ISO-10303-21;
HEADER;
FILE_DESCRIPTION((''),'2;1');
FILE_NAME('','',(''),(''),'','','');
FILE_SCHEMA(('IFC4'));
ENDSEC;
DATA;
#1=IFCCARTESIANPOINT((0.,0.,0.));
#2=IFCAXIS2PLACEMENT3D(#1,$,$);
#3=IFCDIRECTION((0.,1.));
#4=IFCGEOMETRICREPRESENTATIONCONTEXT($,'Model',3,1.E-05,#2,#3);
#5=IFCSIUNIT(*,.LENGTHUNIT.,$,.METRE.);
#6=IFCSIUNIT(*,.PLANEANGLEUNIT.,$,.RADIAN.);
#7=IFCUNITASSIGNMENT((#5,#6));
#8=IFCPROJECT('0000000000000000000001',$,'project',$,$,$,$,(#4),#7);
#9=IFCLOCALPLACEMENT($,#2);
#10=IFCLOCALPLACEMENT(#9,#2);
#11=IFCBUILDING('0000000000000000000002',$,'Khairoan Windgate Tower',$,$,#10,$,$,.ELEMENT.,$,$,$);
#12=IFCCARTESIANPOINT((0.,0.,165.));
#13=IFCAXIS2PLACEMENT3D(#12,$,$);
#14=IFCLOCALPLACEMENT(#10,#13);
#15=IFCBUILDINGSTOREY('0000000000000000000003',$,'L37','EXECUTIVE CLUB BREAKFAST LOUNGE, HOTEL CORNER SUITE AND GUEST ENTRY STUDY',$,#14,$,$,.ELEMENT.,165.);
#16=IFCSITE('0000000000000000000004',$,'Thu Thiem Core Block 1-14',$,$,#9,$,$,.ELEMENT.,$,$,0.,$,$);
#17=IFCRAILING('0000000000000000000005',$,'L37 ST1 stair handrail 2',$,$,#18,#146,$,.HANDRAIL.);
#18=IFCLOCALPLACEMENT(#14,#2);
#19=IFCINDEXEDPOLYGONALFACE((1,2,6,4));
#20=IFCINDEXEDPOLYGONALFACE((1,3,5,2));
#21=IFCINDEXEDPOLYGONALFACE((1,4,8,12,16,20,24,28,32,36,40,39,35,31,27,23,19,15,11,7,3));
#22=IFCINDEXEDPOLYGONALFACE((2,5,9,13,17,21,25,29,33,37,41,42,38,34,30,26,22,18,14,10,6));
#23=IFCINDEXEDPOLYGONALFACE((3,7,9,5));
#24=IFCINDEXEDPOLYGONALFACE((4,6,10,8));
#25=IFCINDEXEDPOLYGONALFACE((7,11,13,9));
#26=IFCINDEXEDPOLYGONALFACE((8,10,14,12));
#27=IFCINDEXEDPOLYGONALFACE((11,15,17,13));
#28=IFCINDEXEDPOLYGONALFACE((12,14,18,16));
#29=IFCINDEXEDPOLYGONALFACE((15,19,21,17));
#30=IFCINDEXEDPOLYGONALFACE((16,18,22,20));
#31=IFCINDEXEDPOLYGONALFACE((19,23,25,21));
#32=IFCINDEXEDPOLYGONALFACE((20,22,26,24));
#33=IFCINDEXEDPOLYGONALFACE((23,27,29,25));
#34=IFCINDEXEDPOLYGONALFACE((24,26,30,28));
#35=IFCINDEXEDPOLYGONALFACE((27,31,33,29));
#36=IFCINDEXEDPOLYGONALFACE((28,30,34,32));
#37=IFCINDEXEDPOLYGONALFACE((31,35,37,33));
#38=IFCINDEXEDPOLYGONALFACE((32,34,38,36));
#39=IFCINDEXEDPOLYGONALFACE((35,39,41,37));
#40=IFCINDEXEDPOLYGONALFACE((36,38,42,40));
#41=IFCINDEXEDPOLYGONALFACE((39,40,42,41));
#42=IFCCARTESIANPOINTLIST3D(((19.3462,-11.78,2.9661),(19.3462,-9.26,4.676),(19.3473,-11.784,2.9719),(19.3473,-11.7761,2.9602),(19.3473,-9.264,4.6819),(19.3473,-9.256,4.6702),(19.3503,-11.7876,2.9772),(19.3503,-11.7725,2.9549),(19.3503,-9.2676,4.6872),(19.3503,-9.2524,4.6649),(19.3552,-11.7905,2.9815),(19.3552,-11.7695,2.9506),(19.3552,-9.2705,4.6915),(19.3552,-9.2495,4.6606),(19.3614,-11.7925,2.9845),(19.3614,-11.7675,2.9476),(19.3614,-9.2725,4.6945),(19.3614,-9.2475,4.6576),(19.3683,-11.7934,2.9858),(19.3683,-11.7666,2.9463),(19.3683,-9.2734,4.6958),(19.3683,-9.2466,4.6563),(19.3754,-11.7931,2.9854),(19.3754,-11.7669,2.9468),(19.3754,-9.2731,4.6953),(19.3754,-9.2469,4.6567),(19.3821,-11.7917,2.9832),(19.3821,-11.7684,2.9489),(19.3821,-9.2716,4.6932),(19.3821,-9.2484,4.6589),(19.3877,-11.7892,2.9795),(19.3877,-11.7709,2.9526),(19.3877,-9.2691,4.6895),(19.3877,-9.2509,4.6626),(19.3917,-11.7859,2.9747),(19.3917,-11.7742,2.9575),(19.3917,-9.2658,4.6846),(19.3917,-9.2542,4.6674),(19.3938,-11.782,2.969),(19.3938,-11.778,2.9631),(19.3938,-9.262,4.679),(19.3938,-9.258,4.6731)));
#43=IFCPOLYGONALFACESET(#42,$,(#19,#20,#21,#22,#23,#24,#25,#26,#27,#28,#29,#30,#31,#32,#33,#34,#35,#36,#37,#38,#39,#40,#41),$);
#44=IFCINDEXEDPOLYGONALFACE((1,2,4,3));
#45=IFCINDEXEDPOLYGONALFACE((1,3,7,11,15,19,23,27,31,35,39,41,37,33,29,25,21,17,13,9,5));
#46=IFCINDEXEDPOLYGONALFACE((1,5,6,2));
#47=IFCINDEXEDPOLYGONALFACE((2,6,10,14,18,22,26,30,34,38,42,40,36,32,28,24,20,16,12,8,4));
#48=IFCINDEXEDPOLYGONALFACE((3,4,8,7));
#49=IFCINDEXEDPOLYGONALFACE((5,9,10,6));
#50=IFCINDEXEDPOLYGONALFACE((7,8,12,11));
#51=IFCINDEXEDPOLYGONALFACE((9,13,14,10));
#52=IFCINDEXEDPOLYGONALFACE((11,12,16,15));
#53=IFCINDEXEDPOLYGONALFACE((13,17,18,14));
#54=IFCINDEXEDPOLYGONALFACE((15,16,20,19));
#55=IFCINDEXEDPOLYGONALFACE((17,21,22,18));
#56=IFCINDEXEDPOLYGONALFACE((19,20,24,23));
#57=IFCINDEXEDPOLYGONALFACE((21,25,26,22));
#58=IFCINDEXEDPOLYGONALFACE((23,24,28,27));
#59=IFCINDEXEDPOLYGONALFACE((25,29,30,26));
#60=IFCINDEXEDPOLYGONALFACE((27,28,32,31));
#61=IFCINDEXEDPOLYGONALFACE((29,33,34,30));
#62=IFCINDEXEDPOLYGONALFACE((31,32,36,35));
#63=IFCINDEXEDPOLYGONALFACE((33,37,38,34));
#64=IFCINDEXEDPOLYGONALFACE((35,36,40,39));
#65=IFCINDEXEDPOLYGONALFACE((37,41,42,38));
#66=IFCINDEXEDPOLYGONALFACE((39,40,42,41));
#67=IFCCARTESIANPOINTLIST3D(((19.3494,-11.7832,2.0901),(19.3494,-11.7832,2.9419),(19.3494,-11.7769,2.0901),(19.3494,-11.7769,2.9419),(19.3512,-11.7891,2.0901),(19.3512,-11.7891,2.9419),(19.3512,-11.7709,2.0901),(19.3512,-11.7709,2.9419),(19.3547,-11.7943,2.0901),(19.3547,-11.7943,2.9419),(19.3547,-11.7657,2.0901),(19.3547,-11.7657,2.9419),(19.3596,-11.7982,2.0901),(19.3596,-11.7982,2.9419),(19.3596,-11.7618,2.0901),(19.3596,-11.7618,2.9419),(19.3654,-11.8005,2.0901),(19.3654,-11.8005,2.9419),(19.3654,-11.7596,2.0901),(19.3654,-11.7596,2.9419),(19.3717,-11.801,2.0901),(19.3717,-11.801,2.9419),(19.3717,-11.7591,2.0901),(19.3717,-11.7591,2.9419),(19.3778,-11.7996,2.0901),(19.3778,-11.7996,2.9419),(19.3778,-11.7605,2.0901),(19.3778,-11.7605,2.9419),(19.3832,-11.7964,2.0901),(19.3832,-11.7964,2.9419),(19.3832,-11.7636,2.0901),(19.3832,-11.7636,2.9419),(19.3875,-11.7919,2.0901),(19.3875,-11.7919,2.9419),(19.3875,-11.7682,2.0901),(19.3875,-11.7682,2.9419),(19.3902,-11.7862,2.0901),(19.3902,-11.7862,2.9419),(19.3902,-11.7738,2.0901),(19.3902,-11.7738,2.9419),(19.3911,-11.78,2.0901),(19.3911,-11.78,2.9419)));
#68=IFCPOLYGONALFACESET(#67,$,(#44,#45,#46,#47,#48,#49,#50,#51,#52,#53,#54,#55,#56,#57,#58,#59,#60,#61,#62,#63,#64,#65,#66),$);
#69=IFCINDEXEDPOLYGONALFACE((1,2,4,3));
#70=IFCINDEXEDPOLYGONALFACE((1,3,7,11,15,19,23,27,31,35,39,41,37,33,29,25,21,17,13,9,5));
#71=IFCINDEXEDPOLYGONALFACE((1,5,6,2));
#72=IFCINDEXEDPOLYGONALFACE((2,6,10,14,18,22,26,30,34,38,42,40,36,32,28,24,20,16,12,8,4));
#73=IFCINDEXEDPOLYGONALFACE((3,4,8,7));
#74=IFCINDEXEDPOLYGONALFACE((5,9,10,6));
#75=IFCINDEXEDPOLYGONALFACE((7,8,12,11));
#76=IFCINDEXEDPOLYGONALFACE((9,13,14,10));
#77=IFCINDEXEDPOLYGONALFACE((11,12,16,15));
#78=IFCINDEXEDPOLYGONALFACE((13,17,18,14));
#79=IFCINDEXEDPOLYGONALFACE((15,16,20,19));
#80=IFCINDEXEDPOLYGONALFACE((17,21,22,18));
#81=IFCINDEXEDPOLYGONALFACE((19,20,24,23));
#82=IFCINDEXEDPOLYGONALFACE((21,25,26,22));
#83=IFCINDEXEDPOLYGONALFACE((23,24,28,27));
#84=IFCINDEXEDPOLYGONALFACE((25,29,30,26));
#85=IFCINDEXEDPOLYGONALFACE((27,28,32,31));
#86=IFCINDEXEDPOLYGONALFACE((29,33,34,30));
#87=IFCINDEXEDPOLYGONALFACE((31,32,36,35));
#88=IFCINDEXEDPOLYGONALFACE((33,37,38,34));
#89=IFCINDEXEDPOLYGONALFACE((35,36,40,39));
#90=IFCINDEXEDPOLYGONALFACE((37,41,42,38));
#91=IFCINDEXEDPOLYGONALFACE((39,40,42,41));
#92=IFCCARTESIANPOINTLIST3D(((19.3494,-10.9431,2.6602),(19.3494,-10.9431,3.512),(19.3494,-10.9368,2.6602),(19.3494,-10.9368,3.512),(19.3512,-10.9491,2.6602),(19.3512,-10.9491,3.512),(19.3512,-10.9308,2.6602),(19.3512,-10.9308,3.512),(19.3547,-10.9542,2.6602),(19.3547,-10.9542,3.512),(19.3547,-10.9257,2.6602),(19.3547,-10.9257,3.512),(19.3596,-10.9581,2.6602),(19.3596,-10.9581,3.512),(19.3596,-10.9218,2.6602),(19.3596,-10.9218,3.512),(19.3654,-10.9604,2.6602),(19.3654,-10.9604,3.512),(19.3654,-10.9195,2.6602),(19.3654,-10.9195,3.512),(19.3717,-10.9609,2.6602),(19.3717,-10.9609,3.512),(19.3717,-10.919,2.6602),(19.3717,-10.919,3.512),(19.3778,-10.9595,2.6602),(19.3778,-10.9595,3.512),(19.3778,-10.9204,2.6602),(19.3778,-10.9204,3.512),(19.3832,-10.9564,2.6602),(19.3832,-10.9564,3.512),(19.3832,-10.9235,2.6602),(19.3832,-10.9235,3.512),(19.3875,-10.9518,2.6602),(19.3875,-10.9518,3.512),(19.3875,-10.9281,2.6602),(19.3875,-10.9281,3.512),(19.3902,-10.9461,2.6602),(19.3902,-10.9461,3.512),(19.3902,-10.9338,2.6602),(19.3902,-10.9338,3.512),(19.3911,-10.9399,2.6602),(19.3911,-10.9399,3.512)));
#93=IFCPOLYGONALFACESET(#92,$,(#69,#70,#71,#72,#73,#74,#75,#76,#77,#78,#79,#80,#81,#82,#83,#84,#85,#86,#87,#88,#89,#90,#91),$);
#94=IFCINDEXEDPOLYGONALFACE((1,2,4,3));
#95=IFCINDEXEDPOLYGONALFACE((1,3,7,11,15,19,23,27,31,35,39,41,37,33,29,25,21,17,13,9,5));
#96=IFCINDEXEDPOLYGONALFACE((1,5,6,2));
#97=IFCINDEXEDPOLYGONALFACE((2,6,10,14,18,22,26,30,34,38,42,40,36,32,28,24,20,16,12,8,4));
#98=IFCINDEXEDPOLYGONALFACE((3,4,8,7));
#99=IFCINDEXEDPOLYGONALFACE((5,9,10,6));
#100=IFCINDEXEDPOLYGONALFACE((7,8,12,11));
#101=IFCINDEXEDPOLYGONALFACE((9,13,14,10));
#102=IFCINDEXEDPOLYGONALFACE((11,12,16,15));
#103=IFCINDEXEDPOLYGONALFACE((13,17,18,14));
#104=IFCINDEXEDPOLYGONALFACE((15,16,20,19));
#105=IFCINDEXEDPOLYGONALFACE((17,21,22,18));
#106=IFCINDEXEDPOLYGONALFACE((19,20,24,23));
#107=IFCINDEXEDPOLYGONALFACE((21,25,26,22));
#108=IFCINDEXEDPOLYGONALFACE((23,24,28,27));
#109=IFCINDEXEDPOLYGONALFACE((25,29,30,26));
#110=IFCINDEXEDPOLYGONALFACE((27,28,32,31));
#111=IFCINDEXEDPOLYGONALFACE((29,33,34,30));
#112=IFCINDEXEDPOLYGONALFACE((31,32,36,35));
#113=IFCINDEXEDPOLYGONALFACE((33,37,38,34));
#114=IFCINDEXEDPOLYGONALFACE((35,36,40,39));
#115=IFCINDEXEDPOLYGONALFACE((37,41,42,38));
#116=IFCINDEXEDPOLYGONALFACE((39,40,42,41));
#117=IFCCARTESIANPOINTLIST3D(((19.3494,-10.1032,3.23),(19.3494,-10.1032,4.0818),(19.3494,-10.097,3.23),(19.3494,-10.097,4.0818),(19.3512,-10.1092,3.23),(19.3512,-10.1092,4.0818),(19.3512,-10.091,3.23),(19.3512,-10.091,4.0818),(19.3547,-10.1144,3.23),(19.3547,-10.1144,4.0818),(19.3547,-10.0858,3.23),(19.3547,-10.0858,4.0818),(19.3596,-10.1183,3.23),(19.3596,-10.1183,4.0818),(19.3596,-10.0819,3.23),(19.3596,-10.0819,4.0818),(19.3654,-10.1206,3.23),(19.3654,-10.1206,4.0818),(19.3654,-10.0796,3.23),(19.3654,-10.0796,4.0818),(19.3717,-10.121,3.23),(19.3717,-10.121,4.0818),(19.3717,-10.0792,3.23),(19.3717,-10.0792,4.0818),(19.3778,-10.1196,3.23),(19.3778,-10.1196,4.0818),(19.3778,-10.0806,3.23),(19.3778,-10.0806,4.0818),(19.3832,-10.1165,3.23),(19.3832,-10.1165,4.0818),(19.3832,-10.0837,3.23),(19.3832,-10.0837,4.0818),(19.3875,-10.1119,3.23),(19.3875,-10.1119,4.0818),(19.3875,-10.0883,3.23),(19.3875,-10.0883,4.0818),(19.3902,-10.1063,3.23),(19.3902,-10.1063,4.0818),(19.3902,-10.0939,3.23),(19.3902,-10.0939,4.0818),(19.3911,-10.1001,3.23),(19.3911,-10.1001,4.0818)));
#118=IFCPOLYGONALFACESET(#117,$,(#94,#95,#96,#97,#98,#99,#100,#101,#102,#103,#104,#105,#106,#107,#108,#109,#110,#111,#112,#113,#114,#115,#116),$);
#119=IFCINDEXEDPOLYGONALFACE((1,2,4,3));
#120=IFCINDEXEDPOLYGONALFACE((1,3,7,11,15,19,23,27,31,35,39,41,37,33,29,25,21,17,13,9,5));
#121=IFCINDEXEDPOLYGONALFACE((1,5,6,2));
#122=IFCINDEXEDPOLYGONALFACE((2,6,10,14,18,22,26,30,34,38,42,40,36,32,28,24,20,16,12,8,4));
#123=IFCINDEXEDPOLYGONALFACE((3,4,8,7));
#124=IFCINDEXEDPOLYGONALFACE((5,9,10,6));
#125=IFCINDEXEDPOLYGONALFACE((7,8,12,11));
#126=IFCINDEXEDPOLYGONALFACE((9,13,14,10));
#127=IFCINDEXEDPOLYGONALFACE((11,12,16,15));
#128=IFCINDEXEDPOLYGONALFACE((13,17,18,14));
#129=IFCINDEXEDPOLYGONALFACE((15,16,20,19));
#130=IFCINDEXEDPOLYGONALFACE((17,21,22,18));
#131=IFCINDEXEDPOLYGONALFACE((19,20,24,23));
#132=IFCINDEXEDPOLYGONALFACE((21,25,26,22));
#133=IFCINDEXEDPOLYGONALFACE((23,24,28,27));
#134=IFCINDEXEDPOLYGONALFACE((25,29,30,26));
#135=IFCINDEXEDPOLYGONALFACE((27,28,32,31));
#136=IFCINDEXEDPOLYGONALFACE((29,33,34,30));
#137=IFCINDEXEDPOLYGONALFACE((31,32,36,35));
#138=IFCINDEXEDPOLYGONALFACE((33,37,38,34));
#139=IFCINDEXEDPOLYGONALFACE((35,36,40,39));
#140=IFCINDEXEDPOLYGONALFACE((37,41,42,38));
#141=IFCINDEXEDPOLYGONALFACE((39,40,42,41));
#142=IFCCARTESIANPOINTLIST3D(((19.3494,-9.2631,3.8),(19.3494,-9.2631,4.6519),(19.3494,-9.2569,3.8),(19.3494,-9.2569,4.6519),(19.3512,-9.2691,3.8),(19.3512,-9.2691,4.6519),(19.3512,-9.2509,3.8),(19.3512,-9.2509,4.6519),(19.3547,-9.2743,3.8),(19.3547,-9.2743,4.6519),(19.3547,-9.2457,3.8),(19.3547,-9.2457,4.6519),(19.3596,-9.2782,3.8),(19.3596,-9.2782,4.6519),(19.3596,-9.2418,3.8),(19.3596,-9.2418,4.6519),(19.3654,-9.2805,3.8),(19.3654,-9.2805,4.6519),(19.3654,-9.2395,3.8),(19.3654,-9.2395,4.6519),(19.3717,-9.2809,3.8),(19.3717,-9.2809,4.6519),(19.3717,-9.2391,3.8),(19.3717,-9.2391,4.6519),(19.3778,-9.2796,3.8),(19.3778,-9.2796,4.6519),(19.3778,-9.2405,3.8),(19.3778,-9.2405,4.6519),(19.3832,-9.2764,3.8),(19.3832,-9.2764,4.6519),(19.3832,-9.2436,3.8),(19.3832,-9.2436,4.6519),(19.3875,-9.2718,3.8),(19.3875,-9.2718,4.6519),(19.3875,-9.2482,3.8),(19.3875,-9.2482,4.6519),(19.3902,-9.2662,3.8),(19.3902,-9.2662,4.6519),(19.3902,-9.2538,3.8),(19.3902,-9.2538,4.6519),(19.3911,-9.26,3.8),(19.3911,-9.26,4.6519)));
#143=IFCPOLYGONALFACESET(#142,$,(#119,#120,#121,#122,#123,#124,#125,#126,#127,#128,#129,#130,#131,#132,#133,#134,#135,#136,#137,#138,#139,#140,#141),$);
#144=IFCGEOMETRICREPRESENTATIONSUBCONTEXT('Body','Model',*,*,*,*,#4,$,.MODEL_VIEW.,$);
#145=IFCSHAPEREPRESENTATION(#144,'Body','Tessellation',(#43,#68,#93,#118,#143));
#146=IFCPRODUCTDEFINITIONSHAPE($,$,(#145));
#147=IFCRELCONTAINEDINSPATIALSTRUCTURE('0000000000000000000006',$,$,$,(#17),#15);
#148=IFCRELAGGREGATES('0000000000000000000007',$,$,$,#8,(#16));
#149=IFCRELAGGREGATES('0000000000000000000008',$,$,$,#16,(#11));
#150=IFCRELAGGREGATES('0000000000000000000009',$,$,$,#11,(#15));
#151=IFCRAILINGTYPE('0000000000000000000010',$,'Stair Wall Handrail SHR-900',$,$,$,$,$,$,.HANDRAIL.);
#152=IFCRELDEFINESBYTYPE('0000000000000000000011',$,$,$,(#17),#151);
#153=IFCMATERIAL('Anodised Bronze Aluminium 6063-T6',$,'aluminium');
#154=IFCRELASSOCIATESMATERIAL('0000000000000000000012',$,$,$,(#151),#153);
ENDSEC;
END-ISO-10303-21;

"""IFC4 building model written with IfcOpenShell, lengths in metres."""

from ifc_helpers import new_model, si_unit, direction, frame, origin, origin_2d, place, context, subcontext, project, spatial, circle, extrude, material, type_object, element, save


model = new_model("IFC4")

# Units and contexts
model_context = context("Model", 3, precision=1e-05, world=origin(), true_north=direction((0.0, 1.0)))
body_context = subcontext(model_context, "Body", "Model", "MODEL_VIEW")
ifc_project = project(units=[si_unit("LENGTHUNIT", "METRE"), si_unit("PLANEANGLEUNIT", "RADIAN")], contexts=[model_context])

# Site, building, storey
site_placement = place(None, origin())
site = spatial("IfcSite", under=ifc_project, at=site_placement, Name="Thu Thiem Core Block 1-14", CompositionType="ELEMENT", RefElevation=0.0)
building_placement = place(site_placement, origin())
building = spatial("IfcBuilding", under=site, at=building_placement, Name="Khairoan Windgate Tower", CompositionType="ELEMENT")
storey_placement = place(building_placement, frame((0.0, 0.0, 165.0)))
storey = spatial("IfcBuildingStorey", under=building, at=storey_placement, Name="L37", Description="EXECUTIVE CLUB BREAKFAST LOUNGE, HOTEL CORNER SUITE AND GUEST ENTRY STUDY", CompositionType="ELEMENT", Elevation=165.0)

# Railing
ifc_material_1 = material(Name="Anodised Bronze Aluminium 6063-T6", Category="aluminium")
railing_type_1 = type_object("IfcRailingType", Name="Stair Wall Handrail SHR-900", PredefinedType="HANDRAIL", material=ifc_material_1)
railing_1_placement = place(storey_placement, frame((19.3701, -11.78, 2.0901)))
element("IfcRailing", 1, at=railing_1_placement, inside=storey, type_object=railing_type_1, Name="L37 ST1 stair handrail 2", PredefinedType="HANDRAIL", context=body_context, shape_type="SweptSolid", body=[
    extrude(circle(Radius=0.0239, at=origin_2d()), frame((0.0, 0.0, 0.876), z_axis=(0.0, 0.827484, 0.56149), x_axis=(-1.0, 0.0, 0.0)), (0.0, 0.0, 1.0), 3.0454),
    extrude(circle(Radius=0.021, at=origin_2d()), origin(), (0.0, 0.0, 1.0), 0.8518),
    extrude(circle(Radius=0.021, at=origin_2d()), frame((0.0, 0.8401, 0.5701)), (0.0, 0.0, 1.0), 0.8518),
    extrude(circle(Radius=0.021, at=origin_2d()), frame((0.0, 1.6799, 1.1399)), (0.0, 0.0, 1.0), 0.8518),
    extrude(circle(Radius=0.021, at=origin_2d()), frame((0.0, 2.52, 1.71)), (0.0, 0.0, 1.0), 0.8518),
])

save(model, "model.ifc")
